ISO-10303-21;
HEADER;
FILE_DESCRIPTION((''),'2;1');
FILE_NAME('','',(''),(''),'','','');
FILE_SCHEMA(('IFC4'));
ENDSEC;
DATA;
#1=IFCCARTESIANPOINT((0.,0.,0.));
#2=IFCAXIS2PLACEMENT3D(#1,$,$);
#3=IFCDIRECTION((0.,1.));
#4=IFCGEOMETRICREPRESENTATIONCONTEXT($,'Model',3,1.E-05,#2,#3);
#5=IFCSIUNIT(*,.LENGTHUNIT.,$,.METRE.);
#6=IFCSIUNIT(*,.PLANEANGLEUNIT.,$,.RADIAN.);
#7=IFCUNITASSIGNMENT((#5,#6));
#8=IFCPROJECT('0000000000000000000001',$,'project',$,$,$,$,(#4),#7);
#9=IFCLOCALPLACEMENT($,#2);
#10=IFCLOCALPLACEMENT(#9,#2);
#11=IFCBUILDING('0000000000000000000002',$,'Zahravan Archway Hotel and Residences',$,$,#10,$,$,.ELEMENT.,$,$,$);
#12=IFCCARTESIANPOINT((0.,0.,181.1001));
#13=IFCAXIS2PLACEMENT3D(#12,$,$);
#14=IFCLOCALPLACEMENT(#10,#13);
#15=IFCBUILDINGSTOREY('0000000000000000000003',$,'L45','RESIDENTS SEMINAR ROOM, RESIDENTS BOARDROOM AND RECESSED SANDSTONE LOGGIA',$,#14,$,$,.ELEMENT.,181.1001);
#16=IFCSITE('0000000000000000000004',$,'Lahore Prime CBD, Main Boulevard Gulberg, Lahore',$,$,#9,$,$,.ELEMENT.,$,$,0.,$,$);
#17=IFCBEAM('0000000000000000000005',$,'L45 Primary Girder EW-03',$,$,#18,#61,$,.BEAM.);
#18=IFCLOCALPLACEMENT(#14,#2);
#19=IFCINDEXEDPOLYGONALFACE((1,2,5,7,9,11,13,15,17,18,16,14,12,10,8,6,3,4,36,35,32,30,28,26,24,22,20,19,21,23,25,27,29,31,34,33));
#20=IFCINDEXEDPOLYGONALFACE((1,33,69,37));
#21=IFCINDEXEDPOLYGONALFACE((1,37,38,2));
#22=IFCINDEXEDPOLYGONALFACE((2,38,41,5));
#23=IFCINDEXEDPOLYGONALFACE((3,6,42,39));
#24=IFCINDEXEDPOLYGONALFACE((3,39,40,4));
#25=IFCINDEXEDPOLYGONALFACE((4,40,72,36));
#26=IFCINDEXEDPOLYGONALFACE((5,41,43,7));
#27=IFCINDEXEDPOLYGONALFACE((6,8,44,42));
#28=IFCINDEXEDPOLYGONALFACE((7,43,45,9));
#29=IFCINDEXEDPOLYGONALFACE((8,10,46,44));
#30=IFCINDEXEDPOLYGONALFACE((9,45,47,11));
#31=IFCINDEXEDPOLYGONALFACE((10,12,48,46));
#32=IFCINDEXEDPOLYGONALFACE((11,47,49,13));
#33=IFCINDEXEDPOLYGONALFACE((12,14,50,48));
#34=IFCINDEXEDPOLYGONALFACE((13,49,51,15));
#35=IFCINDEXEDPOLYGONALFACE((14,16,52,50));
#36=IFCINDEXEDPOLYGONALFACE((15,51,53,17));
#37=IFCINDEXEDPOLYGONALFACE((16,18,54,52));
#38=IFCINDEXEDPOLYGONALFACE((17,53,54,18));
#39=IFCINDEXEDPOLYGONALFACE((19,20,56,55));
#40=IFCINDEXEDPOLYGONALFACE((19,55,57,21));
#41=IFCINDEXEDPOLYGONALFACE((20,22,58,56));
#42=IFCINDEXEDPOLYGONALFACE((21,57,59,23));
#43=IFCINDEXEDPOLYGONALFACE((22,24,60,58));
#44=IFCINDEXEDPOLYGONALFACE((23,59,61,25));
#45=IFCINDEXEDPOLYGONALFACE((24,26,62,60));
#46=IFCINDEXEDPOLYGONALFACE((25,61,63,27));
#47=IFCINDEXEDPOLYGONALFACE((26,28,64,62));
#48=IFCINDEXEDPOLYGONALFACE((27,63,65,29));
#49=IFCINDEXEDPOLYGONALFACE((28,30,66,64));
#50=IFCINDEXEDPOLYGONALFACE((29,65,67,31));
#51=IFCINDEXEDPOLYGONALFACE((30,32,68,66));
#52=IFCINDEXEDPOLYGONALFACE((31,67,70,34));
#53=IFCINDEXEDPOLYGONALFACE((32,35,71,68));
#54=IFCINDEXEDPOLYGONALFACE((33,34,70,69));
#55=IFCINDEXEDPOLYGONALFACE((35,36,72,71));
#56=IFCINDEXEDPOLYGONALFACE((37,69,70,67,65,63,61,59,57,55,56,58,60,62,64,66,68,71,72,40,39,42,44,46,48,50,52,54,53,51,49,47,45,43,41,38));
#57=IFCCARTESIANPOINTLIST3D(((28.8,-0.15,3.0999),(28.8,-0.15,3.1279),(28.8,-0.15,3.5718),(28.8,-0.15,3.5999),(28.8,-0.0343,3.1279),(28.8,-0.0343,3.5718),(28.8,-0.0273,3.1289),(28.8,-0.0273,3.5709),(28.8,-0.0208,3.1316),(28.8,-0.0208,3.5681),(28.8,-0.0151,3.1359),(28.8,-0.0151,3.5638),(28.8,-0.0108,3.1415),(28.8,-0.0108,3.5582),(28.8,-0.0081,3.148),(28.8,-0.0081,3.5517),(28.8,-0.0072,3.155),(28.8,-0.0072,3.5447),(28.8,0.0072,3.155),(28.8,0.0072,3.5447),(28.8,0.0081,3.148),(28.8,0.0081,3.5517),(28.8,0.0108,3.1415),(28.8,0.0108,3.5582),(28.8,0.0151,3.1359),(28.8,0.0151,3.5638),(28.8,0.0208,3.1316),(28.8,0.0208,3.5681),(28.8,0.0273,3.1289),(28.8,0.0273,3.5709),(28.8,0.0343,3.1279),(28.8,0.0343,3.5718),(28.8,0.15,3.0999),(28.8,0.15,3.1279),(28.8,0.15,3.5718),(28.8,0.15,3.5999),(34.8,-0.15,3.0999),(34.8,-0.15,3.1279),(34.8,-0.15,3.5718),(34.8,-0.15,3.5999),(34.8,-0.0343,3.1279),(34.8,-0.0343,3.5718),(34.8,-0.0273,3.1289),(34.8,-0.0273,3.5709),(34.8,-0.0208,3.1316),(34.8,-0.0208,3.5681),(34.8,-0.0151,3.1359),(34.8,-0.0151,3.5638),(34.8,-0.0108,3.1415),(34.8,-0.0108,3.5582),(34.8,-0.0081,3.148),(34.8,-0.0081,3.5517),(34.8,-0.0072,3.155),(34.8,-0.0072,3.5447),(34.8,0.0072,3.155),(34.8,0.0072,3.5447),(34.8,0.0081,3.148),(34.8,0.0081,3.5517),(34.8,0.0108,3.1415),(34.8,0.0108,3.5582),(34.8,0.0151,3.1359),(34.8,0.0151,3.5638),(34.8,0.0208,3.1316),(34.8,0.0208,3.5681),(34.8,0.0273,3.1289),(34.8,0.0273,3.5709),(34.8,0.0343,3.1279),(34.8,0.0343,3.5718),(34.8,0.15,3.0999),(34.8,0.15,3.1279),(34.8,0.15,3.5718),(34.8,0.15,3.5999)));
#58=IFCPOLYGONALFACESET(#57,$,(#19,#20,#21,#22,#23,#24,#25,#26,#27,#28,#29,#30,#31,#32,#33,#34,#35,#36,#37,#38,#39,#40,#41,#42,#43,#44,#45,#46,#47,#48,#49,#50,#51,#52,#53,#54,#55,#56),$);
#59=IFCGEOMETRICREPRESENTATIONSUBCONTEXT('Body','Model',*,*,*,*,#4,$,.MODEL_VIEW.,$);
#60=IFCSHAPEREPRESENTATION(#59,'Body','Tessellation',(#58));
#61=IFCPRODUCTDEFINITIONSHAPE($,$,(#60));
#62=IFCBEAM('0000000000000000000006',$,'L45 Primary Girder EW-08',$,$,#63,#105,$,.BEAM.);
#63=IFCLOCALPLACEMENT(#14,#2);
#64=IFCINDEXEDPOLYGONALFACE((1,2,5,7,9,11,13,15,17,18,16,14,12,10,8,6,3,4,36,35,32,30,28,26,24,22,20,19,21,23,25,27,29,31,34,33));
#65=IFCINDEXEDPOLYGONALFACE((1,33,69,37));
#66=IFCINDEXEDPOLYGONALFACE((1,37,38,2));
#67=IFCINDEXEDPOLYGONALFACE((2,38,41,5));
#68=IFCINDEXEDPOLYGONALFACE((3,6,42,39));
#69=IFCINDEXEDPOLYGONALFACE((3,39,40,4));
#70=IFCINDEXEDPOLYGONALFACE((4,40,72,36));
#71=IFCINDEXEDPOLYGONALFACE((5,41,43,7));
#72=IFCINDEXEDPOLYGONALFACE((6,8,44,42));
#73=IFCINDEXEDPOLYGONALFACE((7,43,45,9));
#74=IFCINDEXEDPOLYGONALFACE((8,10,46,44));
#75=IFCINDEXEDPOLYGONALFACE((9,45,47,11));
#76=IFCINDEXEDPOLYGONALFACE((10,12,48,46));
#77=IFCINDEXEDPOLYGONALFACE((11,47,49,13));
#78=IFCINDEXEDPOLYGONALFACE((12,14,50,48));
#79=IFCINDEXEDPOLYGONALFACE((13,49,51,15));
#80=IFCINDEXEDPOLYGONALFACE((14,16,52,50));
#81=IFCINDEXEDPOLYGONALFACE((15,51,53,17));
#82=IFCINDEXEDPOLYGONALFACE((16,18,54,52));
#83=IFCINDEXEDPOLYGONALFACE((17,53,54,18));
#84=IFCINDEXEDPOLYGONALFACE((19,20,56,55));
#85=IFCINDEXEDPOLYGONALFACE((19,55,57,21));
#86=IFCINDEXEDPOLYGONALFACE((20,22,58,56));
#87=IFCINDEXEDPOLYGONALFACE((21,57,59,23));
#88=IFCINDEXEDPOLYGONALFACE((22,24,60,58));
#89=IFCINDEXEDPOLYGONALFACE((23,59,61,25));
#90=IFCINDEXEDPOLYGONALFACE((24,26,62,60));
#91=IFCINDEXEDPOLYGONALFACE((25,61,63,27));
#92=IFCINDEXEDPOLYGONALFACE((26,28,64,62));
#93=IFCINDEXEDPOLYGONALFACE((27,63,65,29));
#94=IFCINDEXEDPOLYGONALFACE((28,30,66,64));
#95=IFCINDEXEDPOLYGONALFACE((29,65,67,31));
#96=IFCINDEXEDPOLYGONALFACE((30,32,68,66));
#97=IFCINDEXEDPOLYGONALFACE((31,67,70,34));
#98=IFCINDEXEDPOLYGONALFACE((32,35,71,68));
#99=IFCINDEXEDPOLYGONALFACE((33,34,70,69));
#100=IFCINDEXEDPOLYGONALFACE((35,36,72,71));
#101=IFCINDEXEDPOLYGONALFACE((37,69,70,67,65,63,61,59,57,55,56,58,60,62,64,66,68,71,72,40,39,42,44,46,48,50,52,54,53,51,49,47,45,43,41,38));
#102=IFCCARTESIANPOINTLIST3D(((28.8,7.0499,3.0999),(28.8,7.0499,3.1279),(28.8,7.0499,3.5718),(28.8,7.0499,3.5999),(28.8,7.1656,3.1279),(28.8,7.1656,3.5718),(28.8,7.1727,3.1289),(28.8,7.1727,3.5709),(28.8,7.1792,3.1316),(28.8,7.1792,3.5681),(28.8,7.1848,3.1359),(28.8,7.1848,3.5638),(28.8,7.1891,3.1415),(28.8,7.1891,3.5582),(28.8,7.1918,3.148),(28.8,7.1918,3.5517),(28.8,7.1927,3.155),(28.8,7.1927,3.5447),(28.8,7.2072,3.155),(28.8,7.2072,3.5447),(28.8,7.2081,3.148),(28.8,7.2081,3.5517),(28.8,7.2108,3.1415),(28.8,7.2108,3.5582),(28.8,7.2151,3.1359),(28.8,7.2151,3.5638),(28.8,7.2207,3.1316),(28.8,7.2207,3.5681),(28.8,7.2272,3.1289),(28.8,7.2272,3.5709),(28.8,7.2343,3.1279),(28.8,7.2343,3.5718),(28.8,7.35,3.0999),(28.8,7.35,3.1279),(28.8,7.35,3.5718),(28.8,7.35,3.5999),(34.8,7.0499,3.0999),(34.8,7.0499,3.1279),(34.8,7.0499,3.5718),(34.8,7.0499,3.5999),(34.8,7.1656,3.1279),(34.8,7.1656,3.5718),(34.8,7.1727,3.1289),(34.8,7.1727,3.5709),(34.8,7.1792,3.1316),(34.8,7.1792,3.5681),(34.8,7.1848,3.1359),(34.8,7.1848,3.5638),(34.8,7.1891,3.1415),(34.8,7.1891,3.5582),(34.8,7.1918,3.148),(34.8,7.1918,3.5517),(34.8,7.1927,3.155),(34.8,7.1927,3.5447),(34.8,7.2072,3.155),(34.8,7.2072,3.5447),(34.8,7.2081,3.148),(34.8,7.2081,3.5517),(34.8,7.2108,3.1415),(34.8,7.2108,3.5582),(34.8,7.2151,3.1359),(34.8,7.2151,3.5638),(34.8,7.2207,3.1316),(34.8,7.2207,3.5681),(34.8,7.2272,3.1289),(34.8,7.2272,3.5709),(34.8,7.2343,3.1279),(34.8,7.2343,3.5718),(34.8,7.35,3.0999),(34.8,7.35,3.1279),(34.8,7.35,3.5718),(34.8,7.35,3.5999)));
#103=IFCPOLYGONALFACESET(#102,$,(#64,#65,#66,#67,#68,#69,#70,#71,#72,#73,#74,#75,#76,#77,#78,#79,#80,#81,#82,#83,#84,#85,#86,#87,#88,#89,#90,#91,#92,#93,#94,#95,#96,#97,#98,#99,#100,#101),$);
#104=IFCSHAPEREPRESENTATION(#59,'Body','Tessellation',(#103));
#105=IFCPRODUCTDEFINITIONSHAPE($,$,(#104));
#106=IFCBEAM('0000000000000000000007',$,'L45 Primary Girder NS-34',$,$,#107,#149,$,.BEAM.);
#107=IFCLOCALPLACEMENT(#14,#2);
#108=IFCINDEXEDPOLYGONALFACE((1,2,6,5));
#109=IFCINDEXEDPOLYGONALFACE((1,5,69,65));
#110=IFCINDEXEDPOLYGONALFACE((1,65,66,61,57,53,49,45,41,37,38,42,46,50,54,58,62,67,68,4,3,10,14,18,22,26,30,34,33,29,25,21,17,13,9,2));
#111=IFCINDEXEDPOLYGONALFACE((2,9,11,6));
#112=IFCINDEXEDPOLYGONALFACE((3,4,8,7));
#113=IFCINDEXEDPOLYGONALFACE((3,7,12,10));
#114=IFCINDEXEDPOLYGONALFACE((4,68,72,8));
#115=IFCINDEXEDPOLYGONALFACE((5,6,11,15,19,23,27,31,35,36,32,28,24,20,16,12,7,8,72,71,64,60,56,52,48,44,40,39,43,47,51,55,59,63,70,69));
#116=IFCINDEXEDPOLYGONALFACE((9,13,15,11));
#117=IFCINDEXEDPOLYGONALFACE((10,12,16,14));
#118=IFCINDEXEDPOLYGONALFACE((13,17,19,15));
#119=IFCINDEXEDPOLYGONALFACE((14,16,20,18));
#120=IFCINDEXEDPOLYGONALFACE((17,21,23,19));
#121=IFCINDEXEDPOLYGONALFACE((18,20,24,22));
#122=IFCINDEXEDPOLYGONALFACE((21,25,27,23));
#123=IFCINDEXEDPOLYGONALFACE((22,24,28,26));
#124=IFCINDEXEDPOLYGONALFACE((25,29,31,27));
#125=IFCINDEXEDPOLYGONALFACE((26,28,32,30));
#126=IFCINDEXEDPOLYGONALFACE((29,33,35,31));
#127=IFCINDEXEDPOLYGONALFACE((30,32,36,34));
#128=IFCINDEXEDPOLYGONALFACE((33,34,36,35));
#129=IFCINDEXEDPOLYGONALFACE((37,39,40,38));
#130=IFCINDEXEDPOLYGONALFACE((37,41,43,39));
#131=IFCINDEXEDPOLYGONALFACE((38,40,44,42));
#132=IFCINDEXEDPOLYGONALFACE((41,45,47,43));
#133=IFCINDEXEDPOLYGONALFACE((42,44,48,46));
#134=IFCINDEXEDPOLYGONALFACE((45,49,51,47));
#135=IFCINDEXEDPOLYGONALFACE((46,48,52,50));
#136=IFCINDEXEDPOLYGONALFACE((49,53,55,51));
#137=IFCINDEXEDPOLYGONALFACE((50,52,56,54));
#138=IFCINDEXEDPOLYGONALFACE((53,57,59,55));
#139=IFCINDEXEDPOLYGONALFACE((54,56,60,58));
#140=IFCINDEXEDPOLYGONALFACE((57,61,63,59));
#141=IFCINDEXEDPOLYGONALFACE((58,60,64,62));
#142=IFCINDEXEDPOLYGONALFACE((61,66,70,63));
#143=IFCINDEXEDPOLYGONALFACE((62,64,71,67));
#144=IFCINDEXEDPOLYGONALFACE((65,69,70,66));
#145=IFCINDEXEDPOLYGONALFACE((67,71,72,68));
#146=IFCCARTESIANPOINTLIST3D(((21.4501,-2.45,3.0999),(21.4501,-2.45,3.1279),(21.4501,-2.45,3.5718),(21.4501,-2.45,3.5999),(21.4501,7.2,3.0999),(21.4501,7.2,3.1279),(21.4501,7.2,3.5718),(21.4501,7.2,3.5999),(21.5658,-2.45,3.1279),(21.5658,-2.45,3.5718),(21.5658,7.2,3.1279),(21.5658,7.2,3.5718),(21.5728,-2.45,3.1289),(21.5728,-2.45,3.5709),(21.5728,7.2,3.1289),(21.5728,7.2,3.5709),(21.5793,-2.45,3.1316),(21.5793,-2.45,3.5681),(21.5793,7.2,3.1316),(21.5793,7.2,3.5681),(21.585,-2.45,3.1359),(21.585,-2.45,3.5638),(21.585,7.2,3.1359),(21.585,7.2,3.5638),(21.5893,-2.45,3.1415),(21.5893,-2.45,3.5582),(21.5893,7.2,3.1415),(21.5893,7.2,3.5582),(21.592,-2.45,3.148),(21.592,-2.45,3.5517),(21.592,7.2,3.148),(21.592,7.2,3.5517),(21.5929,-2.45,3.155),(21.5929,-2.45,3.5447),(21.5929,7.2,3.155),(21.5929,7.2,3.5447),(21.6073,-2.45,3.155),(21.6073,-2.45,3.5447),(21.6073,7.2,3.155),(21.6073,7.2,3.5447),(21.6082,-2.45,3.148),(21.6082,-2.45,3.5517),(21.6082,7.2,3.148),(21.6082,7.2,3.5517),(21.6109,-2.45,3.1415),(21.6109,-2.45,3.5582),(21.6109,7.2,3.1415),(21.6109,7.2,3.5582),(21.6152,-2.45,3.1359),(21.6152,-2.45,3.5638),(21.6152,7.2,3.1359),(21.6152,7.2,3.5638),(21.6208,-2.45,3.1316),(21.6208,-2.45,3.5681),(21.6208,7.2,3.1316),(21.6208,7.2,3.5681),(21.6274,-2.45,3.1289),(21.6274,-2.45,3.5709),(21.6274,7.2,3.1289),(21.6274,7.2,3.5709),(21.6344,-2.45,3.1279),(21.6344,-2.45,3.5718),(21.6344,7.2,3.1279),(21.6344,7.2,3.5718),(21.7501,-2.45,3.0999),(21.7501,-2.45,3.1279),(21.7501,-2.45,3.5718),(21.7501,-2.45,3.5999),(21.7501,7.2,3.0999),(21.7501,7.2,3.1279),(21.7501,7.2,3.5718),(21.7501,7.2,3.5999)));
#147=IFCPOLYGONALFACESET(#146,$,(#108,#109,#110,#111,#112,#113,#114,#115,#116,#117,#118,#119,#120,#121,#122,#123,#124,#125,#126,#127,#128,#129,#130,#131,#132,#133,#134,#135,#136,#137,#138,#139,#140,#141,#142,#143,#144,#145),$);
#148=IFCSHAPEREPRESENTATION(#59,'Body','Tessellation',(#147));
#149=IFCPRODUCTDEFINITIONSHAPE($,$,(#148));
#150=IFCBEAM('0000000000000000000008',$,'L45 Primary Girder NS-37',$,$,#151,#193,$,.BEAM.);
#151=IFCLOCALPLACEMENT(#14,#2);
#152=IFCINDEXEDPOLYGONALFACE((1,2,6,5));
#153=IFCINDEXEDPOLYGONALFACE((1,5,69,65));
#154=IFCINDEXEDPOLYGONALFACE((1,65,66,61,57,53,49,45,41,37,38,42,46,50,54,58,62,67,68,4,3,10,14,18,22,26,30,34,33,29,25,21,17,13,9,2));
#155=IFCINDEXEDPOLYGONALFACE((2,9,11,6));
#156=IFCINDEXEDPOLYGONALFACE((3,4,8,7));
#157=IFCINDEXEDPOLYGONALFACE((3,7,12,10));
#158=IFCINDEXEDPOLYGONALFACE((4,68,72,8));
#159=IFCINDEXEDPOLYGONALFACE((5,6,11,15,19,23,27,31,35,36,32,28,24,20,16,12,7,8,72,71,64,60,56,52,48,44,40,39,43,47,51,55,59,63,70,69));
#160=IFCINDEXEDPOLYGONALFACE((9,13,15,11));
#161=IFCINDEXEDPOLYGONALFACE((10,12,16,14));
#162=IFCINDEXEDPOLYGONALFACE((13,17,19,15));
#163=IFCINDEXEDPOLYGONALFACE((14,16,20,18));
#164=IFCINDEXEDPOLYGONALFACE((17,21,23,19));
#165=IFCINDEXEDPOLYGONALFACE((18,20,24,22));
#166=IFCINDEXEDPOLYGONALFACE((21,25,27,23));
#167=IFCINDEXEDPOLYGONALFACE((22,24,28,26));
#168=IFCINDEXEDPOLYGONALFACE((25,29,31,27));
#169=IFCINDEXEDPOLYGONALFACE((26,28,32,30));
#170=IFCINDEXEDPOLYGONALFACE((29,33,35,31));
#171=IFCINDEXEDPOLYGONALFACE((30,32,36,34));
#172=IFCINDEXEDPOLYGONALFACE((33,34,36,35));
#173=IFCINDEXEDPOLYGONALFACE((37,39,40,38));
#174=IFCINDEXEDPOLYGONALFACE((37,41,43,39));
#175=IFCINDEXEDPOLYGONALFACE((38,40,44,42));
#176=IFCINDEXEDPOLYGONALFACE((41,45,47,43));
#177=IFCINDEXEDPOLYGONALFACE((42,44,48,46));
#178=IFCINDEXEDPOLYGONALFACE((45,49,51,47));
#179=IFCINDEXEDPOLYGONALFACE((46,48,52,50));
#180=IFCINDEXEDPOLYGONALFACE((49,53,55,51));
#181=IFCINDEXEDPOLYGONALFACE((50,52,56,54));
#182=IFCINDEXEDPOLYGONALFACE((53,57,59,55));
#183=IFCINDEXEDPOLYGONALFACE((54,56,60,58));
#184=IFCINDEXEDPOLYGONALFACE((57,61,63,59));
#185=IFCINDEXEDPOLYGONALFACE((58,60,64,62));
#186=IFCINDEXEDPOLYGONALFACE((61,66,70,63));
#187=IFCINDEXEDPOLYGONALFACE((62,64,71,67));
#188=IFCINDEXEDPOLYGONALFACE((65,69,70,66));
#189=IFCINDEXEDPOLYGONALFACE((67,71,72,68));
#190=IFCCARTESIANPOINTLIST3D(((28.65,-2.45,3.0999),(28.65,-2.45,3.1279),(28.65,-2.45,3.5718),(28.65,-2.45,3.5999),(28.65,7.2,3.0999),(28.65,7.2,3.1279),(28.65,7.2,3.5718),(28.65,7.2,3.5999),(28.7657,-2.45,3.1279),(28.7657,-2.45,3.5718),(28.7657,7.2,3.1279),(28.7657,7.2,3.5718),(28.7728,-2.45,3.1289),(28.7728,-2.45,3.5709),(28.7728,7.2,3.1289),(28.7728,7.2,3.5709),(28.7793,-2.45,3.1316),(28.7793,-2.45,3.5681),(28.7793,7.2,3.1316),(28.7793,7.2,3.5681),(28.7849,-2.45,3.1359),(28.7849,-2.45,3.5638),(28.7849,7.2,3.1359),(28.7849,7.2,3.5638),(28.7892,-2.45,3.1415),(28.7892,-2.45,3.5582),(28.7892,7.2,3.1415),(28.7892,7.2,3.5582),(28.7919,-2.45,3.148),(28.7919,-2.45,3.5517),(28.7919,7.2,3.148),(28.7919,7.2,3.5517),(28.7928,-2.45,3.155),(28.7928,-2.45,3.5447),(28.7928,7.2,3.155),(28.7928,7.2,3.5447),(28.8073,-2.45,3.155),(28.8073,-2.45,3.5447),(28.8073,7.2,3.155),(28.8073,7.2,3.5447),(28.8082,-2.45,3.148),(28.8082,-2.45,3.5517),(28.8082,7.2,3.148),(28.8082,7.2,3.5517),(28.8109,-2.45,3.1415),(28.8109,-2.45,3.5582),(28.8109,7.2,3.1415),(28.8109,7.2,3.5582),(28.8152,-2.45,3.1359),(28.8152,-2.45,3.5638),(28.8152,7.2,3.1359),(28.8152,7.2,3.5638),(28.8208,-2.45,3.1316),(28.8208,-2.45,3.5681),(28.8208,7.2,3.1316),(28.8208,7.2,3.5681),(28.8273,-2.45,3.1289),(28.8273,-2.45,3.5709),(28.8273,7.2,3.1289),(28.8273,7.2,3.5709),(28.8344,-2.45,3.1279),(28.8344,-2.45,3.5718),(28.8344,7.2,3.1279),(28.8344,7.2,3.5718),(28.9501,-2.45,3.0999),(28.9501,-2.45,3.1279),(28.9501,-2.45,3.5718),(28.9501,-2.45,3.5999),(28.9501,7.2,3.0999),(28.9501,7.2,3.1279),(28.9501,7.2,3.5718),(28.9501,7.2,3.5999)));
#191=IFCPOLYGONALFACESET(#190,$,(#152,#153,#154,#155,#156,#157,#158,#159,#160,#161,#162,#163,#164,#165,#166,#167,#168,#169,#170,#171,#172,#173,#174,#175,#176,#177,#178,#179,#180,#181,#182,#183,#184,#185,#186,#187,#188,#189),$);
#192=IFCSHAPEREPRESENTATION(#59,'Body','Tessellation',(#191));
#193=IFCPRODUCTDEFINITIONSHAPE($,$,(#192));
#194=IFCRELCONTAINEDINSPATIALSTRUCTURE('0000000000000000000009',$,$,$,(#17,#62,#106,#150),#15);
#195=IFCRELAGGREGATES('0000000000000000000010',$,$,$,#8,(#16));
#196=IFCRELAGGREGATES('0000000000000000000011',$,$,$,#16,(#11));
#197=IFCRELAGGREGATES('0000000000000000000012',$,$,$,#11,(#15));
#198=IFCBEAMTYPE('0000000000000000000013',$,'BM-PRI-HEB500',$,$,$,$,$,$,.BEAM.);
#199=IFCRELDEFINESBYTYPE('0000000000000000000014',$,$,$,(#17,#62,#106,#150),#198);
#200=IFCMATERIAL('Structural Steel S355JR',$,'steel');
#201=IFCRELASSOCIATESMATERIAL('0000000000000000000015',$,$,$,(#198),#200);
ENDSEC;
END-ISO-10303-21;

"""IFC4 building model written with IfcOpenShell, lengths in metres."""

from ifc_helpers import new_model, si_unit, direction, frame, origin, origin_2d, place, context, subcontext, project, spatial, i_section, extrude, source, transform, mapped, material, material_profile, profile_set, type_object, element, save


model = new_model("IFC4")

# Units and contexts
model_context = context("Model", 3, precision=1e-05, world=origin(), true_north=direction((0.0, 1.0)))
body_context = subcontext(model_context, "Body", "Model", "MODEL_VIEW")
ifc_project = project(units=[si_unit("LENGTHUNIT", "METRE"), si_unit("PLANEANGLEUNIT", "RADIAN")], contexts=[model_context])

# Site, building, storey
site_placement = place(None, origin())
site = spatial("IfcSite", under=ifc_project, at=site_placement, Name="Lahore Prime CBD, Main Boulevard Gulberg, Lahore", CompositionType="ELEMENT", RefElevation=0.0)
building_placement = place(site_placement, origin())
building = spatial("IfcBuilding", under=site, at=building_placement, Name="Zahravan Archway Hotel and Residences", CompositionType="ELEMENT")
storey_placement = place(building_placement, frame((0.0, 0.0, 181.1001)))
storey = spatial("IfcBuildingStorey", under=building, at=storey_placement, Name="L45", Description="RESIDENTS SEMINAR ROOM, RESIDENTS BOARDROOM AND RECESSED SANDSTONE LOGGIA", CompositionType="ELEMENT", Elevation=181.1001)

# Beams
ifc_material_1 = material(Name="Structural Steel S355JR", Category="steel")
ifc_material_profile_1 = material_profile(ifc_material_1, i_section(OverallWidth=0.3, OverallDepth=0.5, WebThickness=0.0144, FlangeThickness=0.0281, FilletRadius=0.0271, at=origin_2d()), Name="HEB 500", Category="steel")
ifc_profile_set_1 = profile_set([ifc_material_profile_1], Name="Structural Steel S355JR")
beam_type_1 = type_object("IfcBeamType", Name="BM-PRI-HEB500", PredefinedType="BEAM", material=ifc_profile_set_1)
shared_shape_1 = source(origin(), body_context, "Body", "SweptSolid", [
    extrude(i_section(OverallWidth=0.3, OverallDepth=0.5, WebThickness=0.0144, FlangeThickness=0.0281, FilletRadius=0.0271, at=origin_2d()), origin(), (0.0, 0.0, 1.0), 6.0),
])
for number, where, z_axis, x_axis, name in (
    (1, (28.8, 0.0, 3.3499), (1.0, 0.0, 0.0), (0.0, 1.0, 0.0), "L45 Primary Girder EW-03"),
    (2, (28.8, 7.2, 3.3499), (1.0, 0.0, 0.0), (0.0, 1.0, 0.0), "L45 Primary Girder EW-08"),
):
    element("IfcBeam", number, at=place(storey_placement, frame(where, z_axis=z_axis, x_axis=x_axis)), inside=storey, type_object=beam_type_1, Name=name, PredefinedType="BEAM", context=body_context, shape_type="MappedRepresentation", body=[
        mapped(shared_shape_1, transform((0.0, 0.0, 0.0), scale=1.0)),
    ])
shared_shape_2 = source(origin(), body_context, "Body", "SweptSolid", [
    extrude(i_section(OverallWidth=0.3, OverallDepth=0.5, WebThickness=0.0144, FlangeThickness=0.0281, FilletRadius=0.0271, at=origin_2d()), origin(), (0.0, 0.0, 1.0), 9.6499),
])
for number, where, z_axis, x_axis, name in (
    (3, (21.6001, -2.45, 3.3499), (0.0, 1.0, 0.0), (-1.0, 0.0, 0.0), "L45 Primary Girder NS-34"),
    (4, (28.8, -2.45, 3.3499), (0.0, 1.0, 0.0), (-1.0, 0.0, 0.0), "L45 Primary Girder NS-37"),
):
    element("IfcBeam", number, at=place(storey_placement, frame(where, z_axis=z_axis, x_axis=x_axis)), inside=storey, type_object=beam_type_1, Name=name, PredefinedType="BEAM", context=body_context, shape_type="MappedRepresentation", body=[
        mapped(shared_shape_2, transform((0.0, 0.0, 0.0), scale=1.0)),
    ])

save(model, "model.ifc")
